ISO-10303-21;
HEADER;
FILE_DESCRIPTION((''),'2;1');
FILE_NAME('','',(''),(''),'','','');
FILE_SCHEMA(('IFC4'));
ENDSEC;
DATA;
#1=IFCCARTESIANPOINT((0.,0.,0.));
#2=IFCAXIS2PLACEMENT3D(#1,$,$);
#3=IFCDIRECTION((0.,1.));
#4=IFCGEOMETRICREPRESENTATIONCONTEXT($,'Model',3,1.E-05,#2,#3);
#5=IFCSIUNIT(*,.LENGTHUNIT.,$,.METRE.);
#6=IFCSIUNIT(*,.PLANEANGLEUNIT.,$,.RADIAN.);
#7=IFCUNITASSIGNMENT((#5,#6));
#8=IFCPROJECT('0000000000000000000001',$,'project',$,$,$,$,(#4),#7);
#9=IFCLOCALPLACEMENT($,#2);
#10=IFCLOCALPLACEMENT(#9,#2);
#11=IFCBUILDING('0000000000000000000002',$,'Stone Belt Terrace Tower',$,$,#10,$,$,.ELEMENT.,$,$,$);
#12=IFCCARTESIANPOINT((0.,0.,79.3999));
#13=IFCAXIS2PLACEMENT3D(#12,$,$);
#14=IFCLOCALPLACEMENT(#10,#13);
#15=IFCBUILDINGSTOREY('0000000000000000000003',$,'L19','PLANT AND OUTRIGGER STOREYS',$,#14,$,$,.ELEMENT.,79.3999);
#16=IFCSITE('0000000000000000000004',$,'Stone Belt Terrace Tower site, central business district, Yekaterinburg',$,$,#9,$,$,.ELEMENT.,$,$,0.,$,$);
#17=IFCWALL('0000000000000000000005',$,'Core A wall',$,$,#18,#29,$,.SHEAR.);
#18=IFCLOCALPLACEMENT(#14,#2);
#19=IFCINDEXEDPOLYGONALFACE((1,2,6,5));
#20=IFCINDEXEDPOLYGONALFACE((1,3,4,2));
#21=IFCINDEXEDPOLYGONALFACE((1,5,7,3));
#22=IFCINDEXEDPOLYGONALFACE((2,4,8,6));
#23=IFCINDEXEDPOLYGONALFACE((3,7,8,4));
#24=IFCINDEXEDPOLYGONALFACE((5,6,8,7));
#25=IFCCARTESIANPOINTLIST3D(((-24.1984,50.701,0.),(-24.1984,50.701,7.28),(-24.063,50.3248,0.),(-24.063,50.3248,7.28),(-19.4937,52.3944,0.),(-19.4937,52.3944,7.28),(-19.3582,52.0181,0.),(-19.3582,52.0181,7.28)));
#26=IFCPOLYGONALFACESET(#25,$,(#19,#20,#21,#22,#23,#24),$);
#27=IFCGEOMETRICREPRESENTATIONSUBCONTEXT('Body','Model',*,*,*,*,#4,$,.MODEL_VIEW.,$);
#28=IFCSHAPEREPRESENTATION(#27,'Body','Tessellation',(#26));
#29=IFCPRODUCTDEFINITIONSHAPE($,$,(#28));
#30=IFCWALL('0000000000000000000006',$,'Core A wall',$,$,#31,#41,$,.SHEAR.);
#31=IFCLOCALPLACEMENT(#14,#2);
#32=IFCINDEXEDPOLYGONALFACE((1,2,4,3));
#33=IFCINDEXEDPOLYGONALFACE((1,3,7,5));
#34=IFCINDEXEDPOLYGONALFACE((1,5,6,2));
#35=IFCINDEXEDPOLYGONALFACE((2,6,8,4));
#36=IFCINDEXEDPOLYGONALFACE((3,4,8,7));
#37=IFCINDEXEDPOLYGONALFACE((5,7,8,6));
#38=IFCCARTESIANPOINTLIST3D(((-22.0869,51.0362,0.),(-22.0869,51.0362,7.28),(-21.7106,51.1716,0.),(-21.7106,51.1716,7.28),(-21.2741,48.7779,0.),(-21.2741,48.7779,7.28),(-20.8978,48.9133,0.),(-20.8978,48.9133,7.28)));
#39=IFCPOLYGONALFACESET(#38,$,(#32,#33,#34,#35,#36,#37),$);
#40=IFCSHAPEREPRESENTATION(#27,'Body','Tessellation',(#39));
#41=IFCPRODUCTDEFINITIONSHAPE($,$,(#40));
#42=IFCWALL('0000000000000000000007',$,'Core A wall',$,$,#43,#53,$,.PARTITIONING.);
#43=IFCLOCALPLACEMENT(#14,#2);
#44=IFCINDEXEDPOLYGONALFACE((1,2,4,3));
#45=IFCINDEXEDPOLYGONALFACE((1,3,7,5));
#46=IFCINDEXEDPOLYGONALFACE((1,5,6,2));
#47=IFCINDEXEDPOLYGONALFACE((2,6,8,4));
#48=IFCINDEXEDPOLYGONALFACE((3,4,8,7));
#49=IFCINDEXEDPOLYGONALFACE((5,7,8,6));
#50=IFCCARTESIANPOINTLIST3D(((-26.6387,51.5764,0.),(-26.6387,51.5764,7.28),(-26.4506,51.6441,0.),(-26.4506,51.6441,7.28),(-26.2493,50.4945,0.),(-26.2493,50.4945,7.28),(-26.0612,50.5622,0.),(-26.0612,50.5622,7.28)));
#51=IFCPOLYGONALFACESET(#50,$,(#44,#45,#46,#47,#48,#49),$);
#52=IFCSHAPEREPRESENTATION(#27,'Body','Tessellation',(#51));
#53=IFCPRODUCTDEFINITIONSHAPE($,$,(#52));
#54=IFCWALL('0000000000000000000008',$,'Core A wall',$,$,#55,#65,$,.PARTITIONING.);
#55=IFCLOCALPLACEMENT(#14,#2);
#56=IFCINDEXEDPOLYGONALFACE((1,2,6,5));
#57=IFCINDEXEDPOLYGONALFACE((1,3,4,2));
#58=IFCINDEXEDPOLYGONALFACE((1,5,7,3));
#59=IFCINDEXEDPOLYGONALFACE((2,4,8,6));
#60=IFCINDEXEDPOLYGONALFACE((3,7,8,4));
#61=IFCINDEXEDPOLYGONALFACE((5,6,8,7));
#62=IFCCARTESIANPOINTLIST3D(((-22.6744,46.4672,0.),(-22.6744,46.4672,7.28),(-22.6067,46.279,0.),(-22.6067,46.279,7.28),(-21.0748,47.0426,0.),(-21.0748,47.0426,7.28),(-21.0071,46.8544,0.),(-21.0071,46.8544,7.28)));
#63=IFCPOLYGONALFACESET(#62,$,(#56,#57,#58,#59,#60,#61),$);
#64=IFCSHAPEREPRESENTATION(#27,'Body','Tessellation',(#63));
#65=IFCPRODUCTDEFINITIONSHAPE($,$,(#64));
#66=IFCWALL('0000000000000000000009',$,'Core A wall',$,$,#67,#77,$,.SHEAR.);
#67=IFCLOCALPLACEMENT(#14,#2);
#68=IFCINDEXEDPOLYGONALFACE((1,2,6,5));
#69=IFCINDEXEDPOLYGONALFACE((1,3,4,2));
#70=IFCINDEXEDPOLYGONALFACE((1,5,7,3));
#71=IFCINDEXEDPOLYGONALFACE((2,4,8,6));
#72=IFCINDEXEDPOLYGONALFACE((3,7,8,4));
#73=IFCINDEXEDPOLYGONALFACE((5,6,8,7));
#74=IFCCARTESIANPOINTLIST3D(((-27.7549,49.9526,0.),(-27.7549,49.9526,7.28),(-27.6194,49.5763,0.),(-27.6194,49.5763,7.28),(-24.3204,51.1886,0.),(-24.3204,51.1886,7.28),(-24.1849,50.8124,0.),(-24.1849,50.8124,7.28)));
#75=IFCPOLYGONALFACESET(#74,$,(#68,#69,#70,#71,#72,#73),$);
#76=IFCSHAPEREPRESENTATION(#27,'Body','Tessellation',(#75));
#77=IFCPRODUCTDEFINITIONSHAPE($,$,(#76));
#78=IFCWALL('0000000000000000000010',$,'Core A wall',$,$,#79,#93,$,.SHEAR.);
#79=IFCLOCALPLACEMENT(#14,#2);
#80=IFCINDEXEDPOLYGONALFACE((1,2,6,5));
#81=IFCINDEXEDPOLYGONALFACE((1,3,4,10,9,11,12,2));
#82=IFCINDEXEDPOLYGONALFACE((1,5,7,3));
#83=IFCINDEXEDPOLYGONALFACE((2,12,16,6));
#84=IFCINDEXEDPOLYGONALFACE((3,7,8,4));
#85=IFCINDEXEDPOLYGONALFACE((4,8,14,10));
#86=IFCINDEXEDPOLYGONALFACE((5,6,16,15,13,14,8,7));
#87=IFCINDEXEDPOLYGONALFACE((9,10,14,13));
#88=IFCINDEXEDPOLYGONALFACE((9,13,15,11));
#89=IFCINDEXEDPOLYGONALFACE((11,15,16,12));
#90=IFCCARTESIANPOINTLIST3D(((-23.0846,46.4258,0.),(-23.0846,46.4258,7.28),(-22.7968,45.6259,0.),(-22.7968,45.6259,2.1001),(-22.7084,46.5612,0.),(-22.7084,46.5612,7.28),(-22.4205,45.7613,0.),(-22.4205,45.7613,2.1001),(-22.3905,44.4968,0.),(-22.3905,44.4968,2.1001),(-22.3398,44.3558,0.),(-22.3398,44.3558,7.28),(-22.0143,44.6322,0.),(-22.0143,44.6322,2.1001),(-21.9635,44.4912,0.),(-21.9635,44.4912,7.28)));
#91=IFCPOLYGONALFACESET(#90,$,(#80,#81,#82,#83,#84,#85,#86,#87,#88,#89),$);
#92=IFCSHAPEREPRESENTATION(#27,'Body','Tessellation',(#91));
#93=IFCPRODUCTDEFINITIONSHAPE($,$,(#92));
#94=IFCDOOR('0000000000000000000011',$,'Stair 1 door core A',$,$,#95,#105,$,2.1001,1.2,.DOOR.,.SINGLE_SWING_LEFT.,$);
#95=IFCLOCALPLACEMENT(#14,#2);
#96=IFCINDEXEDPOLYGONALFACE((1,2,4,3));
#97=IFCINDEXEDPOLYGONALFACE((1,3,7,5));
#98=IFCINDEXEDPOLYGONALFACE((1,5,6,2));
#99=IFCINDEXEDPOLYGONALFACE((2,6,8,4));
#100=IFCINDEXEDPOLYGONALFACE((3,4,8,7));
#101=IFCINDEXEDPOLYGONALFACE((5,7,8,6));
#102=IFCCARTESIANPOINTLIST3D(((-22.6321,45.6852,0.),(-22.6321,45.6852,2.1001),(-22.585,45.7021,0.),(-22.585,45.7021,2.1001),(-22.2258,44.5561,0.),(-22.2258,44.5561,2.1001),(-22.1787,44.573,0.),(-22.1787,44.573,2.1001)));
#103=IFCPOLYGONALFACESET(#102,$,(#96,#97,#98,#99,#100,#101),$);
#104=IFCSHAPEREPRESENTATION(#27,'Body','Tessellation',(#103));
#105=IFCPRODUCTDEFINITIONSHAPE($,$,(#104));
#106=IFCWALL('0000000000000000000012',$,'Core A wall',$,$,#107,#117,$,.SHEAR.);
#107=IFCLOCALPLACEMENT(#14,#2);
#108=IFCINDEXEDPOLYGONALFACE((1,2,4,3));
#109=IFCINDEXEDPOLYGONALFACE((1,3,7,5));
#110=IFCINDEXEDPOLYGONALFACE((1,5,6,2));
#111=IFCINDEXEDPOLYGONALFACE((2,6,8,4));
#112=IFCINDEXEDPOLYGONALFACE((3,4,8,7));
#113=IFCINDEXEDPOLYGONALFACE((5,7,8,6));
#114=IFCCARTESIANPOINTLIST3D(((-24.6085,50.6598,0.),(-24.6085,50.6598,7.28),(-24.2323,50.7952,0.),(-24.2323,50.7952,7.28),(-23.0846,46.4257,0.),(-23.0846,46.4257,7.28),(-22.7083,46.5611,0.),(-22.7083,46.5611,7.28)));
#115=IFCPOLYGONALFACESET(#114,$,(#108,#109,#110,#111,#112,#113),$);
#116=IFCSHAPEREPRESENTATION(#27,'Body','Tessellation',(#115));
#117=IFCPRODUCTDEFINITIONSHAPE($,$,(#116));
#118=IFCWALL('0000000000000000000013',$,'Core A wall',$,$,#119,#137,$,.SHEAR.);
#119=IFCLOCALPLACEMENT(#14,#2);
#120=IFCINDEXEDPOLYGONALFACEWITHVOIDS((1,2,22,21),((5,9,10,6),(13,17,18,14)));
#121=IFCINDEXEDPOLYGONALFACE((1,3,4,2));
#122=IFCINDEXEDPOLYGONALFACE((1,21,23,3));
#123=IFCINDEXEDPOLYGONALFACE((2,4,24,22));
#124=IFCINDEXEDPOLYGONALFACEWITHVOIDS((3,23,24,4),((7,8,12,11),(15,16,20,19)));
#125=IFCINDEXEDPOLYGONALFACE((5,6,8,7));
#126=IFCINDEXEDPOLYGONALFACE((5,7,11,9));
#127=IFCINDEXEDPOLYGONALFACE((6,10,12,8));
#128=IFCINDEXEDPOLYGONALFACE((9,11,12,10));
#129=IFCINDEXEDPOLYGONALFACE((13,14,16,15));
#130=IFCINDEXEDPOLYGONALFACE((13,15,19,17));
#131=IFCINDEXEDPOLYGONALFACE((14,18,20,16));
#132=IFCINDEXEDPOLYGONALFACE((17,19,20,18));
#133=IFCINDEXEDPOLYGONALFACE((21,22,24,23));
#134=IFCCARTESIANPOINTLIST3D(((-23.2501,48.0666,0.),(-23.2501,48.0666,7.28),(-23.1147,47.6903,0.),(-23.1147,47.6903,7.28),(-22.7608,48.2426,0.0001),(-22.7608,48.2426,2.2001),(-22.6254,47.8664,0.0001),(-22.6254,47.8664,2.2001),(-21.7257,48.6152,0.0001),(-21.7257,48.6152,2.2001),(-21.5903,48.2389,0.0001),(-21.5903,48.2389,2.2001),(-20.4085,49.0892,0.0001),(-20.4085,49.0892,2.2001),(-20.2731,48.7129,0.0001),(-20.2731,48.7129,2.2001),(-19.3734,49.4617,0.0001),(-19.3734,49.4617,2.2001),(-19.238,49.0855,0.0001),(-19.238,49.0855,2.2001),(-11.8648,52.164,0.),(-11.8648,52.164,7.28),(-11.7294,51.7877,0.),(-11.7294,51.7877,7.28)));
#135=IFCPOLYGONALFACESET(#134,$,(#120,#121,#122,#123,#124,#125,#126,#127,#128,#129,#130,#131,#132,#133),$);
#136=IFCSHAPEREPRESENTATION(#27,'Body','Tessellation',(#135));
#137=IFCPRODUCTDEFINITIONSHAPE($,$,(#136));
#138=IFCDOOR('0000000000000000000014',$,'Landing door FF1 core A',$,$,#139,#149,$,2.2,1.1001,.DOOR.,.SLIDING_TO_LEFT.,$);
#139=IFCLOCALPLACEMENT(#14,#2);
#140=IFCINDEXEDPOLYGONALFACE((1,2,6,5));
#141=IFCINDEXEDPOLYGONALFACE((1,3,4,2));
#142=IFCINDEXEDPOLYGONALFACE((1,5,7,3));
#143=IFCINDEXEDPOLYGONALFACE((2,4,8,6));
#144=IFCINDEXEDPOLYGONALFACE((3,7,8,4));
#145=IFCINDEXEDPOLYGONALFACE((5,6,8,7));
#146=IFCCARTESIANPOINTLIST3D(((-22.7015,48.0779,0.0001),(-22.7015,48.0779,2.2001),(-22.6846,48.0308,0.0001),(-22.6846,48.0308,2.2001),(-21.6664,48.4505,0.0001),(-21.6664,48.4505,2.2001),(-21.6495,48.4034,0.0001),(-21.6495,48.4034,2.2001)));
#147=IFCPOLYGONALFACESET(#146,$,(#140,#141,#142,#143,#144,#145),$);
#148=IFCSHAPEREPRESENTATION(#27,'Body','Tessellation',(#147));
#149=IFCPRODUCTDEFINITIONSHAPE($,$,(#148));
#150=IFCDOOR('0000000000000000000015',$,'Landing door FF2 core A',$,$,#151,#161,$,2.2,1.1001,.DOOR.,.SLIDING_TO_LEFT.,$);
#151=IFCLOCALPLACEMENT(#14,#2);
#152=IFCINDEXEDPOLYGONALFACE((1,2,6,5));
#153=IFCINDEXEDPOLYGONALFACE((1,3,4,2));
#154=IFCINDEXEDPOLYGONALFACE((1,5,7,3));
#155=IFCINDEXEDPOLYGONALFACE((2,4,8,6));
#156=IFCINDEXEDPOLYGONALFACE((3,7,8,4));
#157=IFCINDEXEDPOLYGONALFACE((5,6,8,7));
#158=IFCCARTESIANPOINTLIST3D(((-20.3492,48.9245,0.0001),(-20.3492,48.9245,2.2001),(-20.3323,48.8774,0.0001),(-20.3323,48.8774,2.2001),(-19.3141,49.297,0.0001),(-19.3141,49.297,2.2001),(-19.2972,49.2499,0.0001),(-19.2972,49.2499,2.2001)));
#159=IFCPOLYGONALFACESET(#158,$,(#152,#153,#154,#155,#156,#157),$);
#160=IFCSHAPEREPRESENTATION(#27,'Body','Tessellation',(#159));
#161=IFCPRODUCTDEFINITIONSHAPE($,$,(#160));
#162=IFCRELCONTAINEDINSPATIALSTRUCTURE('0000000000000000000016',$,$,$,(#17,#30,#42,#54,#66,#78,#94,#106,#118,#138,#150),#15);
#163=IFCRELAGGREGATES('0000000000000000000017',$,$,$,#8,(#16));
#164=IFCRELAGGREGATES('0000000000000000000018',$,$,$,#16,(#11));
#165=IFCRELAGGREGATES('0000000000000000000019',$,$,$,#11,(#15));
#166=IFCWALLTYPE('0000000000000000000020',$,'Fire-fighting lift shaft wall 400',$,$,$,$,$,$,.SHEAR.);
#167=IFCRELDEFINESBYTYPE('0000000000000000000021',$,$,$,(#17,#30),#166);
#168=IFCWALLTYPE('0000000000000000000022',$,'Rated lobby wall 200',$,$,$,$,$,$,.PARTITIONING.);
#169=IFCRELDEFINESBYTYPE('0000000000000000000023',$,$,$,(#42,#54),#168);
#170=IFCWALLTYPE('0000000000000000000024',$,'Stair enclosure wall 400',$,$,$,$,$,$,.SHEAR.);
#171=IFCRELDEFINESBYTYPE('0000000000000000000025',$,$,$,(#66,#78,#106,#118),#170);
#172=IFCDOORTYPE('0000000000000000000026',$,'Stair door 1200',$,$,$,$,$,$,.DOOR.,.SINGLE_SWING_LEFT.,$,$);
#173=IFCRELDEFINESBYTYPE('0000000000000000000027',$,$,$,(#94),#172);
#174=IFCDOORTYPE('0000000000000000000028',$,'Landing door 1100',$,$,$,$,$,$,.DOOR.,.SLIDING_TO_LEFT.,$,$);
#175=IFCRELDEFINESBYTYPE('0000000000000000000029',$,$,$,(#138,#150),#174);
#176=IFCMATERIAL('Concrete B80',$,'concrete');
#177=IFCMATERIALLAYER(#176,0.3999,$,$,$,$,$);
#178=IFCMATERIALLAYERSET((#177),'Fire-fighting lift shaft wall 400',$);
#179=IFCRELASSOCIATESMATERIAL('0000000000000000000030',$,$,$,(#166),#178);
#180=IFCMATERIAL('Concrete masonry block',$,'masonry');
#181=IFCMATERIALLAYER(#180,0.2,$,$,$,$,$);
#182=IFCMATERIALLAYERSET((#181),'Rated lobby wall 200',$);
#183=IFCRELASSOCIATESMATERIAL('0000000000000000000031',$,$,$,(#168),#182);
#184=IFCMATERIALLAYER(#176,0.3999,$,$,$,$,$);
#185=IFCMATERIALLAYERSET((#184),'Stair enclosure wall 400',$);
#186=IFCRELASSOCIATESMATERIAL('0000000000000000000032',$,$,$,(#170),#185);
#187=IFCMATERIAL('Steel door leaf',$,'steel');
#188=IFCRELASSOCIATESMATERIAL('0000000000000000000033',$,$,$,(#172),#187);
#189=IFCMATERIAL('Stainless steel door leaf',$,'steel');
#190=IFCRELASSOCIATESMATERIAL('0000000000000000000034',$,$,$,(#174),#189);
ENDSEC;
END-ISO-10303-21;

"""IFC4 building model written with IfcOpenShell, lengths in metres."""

from ifc_helpers import new_model, si_unit, direction, frame, frame_2d, origin, place, context, subcontext, project, spatial, rectangle, extrude, material, layer, layer_set, type_object, element, fill, save


model = new_model("IFC4")

# Units and contexts
model_context = context("Model", 3, precision=1e-05, world=origin(), true_north=direction((0.0, 1.0)))
body_context = subcontext(model_context, "Body", "Model", "MODEL_VIEW")
ifc_project = project(units=[si_unit("LENGTHUNIT", "METRE"), si_unit("PLANEANGLEUNIT", "RADIAN")], contexts=[model_context])

# Site, building, storey
site_placement = place(None, origin())
site = spatial("IfcSite", under=ifc_project, at=site_placement, Name="Stone Belt Terrace Tower site, central business district, Yekaterinburg", CompositionType="ELEMENT", RefElevation=0.0)
building_placement = place(site_placement, origin())
building = spatial("IfcBuilding", under=site, at=building_placement, Name="Stone Belt Terrace Tower", CompositionType="ELEMENT")
storey_placement = place(building_placement, frame((0.0, 0.0, 79.3999)))
storey = spatial("IfcBuildingStorey", under=building, at=storey_placement, Name="L19", Description="PLANT AND OUTRIGGER STOREYS", CompositionType="ELEMENT", Elevation=79.3999)

# Walls
ifc_material_1 = material(Name="Concrete B80", Category="concrete")
ifc_layer_1 = layer(ifc_material_1, 0.3999)
ifc_layer_set_1 = layer_set([ifc_layer_1], Name="Fire-fighting lift shaft wall 400")
wall_type_1 = type_object("IfcWallType", Name="Fire-fighting lift shaft wall 400", PredefinedType="SHEAR", material=ifc_layer_set_1)
wall_1_placement = place(storey_placement, frame((-24.1306, 50.5129, 0.0), z_axis=(0.0, 0.0, 1.0), x_axis=(0.940912, 0.338652, 0.0)))
element("IfcWall", 1, at=wall_1_placement, inside=storey, type_object=wall_type_1, Name="Core A wall", PredefinedType="SHEAR", context=body_context, shape_type="SweptSolid", body=[
    extrude(rectangle(XDim=5.0002, YDim=0.3999, at=frame_2d((2.5, 0.0))), origin(), (0.0, 0.0, 1.0), 7.28),
])
wall_2_placement = place(storey_placement, frame((-21.0859, 48.8455, 0.0), z_axis=(0.0, 0.0, 1.0), x_axis=(-0.338629, 0.94092, 0.0)))
element("IfcWall", 2, at=wall_2_placement, inside=storey, type_object=wall_type_1, Name="Core A wall", PredefinedType="SHEAR", context=body_context, shape_type="SweptSolid", body=[
    extrude(rectangle(XDim=2.4001, YDim=0.3999, at=frame_2d((1.2002, 0.0))), origin(), (0.0, 0.0, 1.0), 7.28),
])
ifc_material_2 = material(Name="Concrete masonry block", Category="masonry")
ifc_layer_2 = layer(ifc_material_2, 0.2)
ifc_layer_set_2 = layer_set([ifc_layer_2], Name="Rated lobby wall 200")
wall_type_2 = type_object("IfcWallType", Name="Rated lobby wall 200", PredefinedType="PARTITIONING", material=ifc_layer_set_2)
wall_3_placement = place(storey_placement, frame((-26.1553, 50.5283, 0.0), z_axis=(0.0, 0.0, 1.0), x_axis=(-0.338622, 0.940923, 0.0)))
element("IfcWall", 3, at=wall_3_placement, inside=storey, type_object=wall_type_2, Name="Core A wall", PredefinedType="PARTITIONING", context=body_context, shape_type="SweptSolid", body=[
    extrude(rectangle(XDim=1.1499, YDim=0.2, at=frame_2d((0.575, 0.0))), origin(), (0.0, 0.0, 1.0), 7.28),
])
wall_4_placement = place(storey_placement, frame((-22.6406, 46.373, 0.0), z_axis=(0.0, 0.0, 1.0), x_axis=(0.940966, 0.338501, 0.0)))
element("IfcWall", 4, at=wall_4_placement, inside=storey, type_object=wall_type_2, Name="Core A wall", PredefinedType="PARTITIONING", context=body_context, shape_type="SweptSolid", body=[
    extrude(rectangle(XDim=1.7, YDim=0.2, at=frame_2d((0.8501, 0.0))), origin(), (0.0, 0.0, 1.0), 7.28),
])
ifc_layer_3 = layer(ifc_material_1, 0.3999)
ifc_layer_set_3 = layer_set([ifc_layer_3], Name="Stair enclosure wall 400")
wall_type_3 = type_object("IfcWallType", Name="Stair enclosure wall 400", PredefinedType="SHEAR", material=ifc_layer_set_3)
wall_5_placement = place(storey_placement, frame((-27.6873, 49.7644, 0.0), z_axis=(0.0, 0.0, 1.0), x_axis=(0.940919, 0.338632, 0.0)))
element("IfcWall", 5, at=wall_5_placement, inside=storey, type_object=wall_type_3, Name="Core A wall", PredefinedType="SHEAR", context=body_context, shape_type="SweptSolid", body=[
    extrude(rectangle(XDim=3.6501, YDim=0.3999, at=frame_2d((1.8252, 0.0))), origin(), (0.0, 0.0, 1.0), 7.28),
])

# Wall, opening, door
wall_6_placement = place(storey_placement, frame((-22.1516, 44.4233, 0.0), z_axis=(0.0, 0.0, 1.0), x_axis=(-0.338578, 0.940938, 0.0)))
wall_6 = element("IfcWall", 6, at=wall_6_placement, inside=storey, type_object=wall_type_3, Name="Core A wall", PredefinedType="SHEAR", context=body_context, shape_type="SweptSolid", body=[
    extrude(rectangle(XDim=2.2, YDim=0.3999, at=frame_2d((1.1001, 0.0))), origin(), (0.0, 0.0, 1.0), 7.28),
])
opening_1_placement = place(wall_6_placement, frame((0.1499, 0.0, 0.0)))
opening_1 = element("IfcOpeningElement", 7, at=opening_1_placement, cuts=wall_6, PredefinedType="OPENING", context=body_context, shape_type="SweptSolid", body=[
    extrude(rectangle(XDim=1.2, YDim=2.1001, at=frame_2d((0.6001, 1.05))), frame((0.0, 0.21, 0.0), z_axis=(0.0, -1.0, 0.0), x_axis=(1.0, 0.0, 0.0)), (0.0, 0.0, 1.0), 0.4199),
])
ifc_material_3 = material(Name="Steel door leaf", Category="steel")
door_type_1 = type_object("IfcDoorType", Name="Stair door 1200", OperationType="SINGLE_SWING_LEFT", PredefinedType="DOOR", material=ifc_material_3)
door_1_placement = place(opening_1_placement, origin())
door_1 = element("IfcDoor", 8, at=door_1_placement, inside=storey, type_object=door_type_1, Name="Stair 1 door core A", OperationType="SINGLE_SWING_LEFT", OverallHeight=2.1001, OverallWidth=1.2, PredefinedType="DOOR", context=body_context, shape_type="SweptSolid", body=[
    extrude(rectangle(XDim=1.2, YDim=2.1001, at=frame_2d((0.6001, 1.05))), frame((0.0, 0.0249, 0.0), z_axis=(0.0, -1.0, 0.0), x_axis=(1.0, 0.0, 0.0)), (0.0, 0.0, 1.0), 0.05),
])
fill(opening_1, door_1)

# Wall
wall_7_placement = place(storey_placement, frame((-22.8965, 46.4934, 0.0), z_axis=(0.0, 0.0, 1.0), x_axis=(-0.338648, 0.940913, 0.0)))
element("IfcWall", 9, at=wall_7_placement, inside=storey, type_object=wall_type_3, Name="Core A wall", PredefinedType="SHEAR", context=body_context, shape_type="SweptSolid", body=[
    extrude(rectangle(XDim=4.5, YDim=0.3999, at=frame_2d((2.25, 0.0))), origin(), (0.0, 0.0, 1.0), 7.28),
])

# Wall, openings, doors
wall_8_placement = place(storey_placement, frame((-23.1824, 47.8784, 0.0), z_axis=(0.0, 0.0, 1.0), x_axis=(0.940921, 0.338626, 0.0)))
wall_8 = element("IfcWall", 10, at=wall_8_placement, inside=storey, type_object=wall_type_3, Name="Core A wall", PredefinedType="SHEAR", context=body_context, shape_type="SweptSolid", body=[
    extrude(rectangle(XDim=12.1001, YDim=0.3999, at=frame_2d((6.05, 0.0))), origin(), (0.0, 0.0, 1.0), 7.28),
])
opening_2_placement = place(wall_8_placement, frame((0.52, 0.0, 0.0)))
opening_2 = element("IfcOpeningElement", 11, at=opening_2_placement, cuts=wall_8, PredefinedType="OPENING", context=body_context, shape_type="SweptSolid", body=[
    extrude(rectangle(XDim=1.1001, YDim=2.2, at=frame_2d((0.55, 1.1001))), frame((0.0, 0.21, 0.0), z_axis=(0.0, -1.0, 0.0), x_axis=(1.0, 0.0, 0.0)), (0.0, 0.0, 1.0), 0.4199),
])
opening_3_placement = place(wall_8_placement, frame((3.02, 0.0, 0.0)))
opening_3 = element("IfcOpeningElement", 12, at=opening_3_placement, cuts=wall_8, PredefinedType="OPENING", context=body_context, shape_type="SweptSolid", body=[
    extrude(rectangle(XDim=1.1001, YDim=2.2, at=frame_2d((0.55, 1.1001))), frame((0.0, 0.21, 0.0), z_axis=(0.0, -1.0, 0.0), x_axis=(1.0, 0.0, 0.0)), (0.0, 0.0, 1.0), 0.4199),
])
ifc_material_4 = material(Name="Stainless steel door leaf", Category="steel")
door_type_2 = type_object("IfcDoorType", Name="Landing door 1100", OperationType="SLIDING_TO_LEFT", PredefinedType="DOOR", material=ifc_material_4)
door_2_placement = place(opening_2_placement, origin())
door_2 = element("IfcDoor", 13, at=door_2_placement, inside=storey, type_object=door_type_2, Name="Landing door FF1 core A", OperationType="SLIDING_TO_LEFT", OverallHeight=2.2, OverallWidth=1.1001, PredefinedType="DOOR", context=body_context, shape_type="SweptSolid", body=[
    extrude(rectangle(XDim=1.1001, YDim=2.2, at=frame_2d((0.55, 1.1001))), frame((0.0, 0.0249, 0.0), z_axis=(0.0, -1.0, 0.0), x_axis=(1.0, 0.0, 0.0)), (0.0, 0.0, 1.0), 0.05),
])
fill(opening_2, door_2)
door_3_placement = place(opening_3_placement, origin())
door_3 = element("IfcDoor", 14, at=door_3_placement, inside=storey, type_object=door_type_2, Name="Landing door FF2 core A", OperationType="SLIDING_TO_LEFT", OverallHeight=2.2, OverallWidth=1.1001, PredefinedType="DOOR", context=body_context, shape_type="SweptSolid", body=[
    extrude(rectangle(XDim=1.1001, YDim=2.2, at=frame_2d((0.55, 1.1001))), frame((0.0, 0.0249, 0.0), z_axis=(0.0, -1.0, 0.0), x_axis=(1.0, 0.0, 0.0)), (0.0, 0.0, 1.0), 0.05),
])
fill(opening_3, door_3)

save(model, "model.ifc")
